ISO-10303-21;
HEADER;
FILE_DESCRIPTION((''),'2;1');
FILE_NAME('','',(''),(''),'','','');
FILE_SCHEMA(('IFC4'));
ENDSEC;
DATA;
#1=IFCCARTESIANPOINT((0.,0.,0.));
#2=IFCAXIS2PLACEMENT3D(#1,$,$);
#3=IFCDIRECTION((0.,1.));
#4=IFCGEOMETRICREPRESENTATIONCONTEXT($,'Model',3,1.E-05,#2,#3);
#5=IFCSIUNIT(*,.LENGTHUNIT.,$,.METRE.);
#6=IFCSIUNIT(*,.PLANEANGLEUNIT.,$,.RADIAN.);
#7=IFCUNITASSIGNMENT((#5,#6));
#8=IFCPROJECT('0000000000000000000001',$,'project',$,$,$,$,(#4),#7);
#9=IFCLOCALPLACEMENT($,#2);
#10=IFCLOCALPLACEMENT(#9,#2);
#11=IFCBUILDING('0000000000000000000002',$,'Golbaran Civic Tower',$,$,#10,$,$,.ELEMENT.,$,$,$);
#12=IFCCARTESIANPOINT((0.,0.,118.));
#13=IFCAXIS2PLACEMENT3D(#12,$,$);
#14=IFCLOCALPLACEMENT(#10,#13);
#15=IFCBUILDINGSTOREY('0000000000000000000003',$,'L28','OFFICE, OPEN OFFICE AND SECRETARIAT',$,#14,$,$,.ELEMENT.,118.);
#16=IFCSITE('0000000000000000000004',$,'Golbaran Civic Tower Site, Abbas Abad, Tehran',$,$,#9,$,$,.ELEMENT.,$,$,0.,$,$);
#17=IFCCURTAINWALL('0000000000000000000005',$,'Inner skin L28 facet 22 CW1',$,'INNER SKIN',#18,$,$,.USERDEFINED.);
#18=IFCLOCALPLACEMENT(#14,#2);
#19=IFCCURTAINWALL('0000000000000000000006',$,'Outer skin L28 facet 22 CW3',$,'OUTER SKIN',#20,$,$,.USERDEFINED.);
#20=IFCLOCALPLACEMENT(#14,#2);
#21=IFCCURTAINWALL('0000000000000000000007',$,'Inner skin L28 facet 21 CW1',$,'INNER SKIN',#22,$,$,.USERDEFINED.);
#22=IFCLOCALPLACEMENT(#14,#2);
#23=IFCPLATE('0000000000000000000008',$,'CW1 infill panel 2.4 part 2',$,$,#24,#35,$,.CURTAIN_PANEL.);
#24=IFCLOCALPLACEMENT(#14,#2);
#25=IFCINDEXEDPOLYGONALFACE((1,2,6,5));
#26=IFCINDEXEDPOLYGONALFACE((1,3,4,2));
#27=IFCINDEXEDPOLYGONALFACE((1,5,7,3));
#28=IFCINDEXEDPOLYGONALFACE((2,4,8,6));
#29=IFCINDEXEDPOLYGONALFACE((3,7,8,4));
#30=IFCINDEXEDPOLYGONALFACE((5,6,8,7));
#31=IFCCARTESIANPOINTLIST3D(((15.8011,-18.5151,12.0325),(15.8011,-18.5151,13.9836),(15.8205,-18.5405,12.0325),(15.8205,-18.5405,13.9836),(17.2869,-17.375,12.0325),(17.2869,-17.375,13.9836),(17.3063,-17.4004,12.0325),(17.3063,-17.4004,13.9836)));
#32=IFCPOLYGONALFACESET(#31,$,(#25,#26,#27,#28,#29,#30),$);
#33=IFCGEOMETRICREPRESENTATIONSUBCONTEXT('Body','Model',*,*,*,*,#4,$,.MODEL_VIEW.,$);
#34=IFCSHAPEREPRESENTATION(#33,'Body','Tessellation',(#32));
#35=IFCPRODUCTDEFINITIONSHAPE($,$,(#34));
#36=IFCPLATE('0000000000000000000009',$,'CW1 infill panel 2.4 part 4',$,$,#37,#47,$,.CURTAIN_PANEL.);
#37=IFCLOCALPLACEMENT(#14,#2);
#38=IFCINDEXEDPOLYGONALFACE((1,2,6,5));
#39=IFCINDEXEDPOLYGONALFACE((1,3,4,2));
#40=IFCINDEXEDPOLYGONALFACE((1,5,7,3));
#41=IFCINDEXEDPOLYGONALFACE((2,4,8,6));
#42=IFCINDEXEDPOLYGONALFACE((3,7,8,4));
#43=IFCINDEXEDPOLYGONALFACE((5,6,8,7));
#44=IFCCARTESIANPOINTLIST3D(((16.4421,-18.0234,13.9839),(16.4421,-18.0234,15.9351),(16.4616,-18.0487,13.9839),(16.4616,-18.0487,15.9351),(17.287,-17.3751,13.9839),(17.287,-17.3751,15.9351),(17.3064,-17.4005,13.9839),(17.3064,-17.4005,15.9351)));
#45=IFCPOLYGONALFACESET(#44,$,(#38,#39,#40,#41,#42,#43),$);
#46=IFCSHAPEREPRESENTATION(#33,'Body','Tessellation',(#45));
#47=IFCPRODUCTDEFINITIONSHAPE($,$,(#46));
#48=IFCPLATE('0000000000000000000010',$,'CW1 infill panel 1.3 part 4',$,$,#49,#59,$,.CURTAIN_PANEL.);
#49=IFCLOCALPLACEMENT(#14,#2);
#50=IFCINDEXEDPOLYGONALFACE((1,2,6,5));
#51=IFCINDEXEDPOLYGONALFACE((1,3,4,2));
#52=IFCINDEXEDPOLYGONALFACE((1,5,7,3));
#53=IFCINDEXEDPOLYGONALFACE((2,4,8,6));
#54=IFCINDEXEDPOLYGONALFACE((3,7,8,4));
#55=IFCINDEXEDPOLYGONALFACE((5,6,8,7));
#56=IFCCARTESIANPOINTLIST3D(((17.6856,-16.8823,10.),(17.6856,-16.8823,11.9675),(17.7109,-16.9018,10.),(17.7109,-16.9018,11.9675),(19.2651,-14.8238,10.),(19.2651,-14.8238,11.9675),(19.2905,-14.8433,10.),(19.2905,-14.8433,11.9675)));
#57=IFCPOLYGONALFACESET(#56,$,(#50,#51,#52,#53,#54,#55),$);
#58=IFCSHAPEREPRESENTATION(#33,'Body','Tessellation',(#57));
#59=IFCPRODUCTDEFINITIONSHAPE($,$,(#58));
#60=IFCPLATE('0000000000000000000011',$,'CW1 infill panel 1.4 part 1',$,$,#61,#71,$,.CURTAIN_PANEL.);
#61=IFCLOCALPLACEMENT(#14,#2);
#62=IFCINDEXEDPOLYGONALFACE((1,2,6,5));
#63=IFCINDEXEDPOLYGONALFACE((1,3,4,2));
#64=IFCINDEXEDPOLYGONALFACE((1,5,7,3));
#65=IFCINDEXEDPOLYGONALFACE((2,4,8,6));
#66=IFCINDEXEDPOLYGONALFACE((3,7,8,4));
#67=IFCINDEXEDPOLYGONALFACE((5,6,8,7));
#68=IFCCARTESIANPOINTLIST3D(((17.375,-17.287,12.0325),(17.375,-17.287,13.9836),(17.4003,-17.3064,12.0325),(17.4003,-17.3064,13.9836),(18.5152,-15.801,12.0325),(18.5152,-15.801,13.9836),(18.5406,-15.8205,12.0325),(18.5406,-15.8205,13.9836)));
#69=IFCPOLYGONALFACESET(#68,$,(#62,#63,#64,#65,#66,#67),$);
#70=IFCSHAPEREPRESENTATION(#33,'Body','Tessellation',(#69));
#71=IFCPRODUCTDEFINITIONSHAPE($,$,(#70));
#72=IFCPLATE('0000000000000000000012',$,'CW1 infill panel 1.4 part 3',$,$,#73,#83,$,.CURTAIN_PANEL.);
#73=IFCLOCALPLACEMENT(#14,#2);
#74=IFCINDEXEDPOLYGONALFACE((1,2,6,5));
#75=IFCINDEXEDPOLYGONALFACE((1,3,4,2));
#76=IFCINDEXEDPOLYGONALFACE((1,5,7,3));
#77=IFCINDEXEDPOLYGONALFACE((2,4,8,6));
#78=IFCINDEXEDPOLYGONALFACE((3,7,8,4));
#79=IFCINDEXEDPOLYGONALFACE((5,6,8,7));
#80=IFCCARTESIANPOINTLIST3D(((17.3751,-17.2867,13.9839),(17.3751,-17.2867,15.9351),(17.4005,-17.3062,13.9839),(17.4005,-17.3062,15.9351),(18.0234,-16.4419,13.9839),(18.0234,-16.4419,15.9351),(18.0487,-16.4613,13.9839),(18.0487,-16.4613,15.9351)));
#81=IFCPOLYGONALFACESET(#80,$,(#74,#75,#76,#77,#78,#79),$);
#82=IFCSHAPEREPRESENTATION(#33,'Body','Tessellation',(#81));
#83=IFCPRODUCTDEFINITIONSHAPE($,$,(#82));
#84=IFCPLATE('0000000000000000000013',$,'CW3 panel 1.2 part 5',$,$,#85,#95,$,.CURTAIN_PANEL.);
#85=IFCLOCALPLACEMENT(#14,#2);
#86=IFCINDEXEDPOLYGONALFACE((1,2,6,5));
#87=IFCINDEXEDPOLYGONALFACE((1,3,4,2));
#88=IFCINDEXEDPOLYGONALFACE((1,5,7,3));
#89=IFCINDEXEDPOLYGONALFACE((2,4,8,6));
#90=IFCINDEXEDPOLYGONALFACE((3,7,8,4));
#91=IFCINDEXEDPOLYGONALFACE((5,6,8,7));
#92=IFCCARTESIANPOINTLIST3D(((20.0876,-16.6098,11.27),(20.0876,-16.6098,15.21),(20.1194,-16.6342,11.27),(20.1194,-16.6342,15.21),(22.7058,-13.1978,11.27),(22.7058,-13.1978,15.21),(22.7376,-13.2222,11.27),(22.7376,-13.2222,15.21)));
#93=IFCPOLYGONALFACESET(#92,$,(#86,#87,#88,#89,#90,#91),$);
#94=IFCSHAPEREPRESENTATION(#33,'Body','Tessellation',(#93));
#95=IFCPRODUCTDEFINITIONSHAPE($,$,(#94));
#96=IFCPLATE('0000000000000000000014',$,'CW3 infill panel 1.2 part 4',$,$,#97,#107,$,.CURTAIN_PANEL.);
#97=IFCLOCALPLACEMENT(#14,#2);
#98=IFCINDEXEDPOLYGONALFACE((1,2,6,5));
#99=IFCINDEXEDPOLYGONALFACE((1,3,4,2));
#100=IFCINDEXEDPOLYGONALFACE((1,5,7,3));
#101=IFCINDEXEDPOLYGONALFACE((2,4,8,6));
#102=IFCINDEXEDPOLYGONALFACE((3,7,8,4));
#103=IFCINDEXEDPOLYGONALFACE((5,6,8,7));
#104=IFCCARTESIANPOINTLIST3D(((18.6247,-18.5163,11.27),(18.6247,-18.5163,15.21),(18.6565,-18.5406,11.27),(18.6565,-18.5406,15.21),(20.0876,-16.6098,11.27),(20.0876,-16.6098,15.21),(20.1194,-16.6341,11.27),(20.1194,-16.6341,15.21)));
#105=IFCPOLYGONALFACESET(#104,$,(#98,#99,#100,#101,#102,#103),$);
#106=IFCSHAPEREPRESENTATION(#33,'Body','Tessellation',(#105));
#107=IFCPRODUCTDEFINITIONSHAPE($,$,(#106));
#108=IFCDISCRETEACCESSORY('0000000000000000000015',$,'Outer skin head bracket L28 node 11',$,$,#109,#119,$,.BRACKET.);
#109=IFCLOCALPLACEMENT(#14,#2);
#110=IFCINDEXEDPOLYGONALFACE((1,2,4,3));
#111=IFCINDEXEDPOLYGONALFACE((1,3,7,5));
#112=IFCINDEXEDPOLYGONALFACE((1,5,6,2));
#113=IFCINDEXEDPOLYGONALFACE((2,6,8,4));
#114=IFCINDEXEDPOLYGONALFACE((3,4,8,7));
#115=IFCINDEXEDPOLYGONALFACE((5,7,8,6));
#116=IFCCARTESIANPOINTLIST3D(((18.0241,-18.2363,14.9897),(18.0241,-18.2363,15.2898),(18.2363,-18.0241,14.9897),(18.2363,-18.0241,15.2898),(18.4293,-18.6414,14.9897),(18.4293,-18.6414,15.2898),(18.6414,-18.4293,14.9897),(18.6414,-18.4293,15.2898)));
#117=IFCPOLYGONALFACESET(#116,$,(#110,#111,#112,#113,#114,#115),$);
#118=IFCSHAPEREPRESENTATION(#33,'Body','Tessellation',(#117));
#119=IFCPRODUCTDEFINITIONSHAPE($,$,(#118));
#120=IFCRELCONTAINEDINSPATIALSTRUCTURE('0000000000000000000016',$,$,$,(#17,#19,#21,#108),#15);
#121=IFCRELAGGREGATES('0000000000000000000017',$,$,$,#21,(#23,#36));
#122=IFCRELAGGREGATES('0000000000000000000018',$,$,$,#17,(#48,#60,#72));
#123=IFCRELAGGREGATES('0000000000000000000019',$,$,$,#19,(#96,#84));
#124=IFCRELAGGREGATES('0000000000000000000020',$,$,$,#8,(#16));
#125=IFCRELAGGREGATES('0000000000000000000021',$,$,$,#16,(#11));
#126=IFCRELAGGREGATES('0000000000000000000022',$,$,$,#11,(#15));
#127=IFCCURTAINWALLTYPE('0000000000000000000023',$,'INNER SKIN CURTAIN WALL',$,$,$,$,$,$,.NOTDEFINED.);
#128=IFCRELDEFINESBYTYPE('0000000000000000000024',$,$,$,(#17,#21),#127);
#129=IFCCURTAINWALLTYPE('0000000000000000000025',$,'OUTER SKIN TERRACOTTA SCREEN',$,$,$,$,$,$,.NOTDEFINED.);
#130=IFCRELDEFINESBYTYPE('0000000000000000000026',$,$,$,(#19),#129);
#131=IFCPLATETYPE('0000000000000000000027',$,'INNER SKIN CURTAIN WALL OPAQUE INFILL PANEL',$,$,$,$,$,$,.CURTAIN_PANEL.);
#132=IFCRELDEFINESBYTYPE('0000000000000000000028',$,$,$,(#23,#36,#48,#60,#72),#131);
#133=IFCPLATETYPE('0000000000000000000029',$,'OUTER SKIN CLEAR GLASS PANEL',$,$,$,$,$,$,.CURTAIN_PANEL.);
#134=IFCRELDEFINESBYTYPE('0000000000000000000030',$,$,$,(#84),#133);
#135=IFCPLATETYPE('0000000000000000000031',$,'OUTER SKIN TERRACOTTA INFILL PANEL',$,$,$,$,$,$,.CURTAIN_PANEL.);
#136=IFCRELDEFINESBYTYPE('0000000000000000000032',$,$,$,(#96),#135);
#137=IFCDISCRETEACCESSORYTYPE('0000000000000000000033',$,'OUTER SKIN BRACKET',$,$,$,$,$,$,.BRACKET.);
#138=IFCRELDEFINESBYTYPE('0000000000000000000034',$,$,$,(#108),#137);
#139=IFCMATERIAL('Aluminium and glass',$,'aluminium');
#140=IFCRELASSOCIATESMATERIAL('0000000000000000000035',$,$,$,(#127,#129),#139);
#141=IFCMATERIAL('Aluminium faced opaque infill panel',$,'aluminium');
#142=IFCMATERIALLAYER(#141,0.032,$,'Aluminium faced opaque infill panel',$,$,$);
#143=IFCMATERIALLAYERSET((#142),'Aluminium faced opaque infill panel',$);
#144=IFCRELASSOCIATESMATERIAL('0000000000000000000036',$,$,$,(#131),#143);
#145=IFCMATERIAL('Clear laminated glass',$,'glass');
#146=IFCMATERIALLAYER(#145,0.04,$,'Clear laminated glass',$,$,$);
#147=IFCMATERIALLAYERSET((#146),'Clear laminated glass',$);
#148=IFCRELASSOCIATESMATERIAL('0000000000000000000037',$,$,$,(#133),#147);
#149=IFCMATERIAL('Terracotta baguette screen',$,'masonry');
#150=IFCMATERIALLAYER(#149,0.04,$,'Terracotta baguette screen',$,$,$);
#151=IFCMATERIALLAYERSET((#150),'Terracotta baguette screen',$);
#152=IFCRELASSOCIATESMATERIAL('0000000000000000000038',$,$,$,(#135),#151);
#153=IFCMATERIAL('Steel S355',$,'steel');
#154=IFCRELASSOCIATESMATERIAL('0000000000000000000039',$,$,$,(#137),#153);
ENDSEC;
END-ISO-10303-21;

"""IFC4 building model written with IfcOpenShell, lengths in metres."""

from ifc_helpers import new_model, si_unit, direction, frame, origin, origin_2d, place, context, subcontext, project, spatial, rectangle, extrude, material, layer, layer_set, type_object, element, aggregate, save


model = new_model("IFC4")

# Units and contexts
model_context = context("Model", 3, precision=1e-05, world=origin(), true_north=direction((0.0, 1.0)))
body_context = subcontext(model_context, "Body", "Model", "MODEL_VIEW")
ifc_project = project(units=[si_unit("LENGTHUNIT", "METRE"), si_unit("PLANEANGLEUNIT", "RADIAN")], contexts=[model_context])

# Site, building, storey
site_placement = place(None, origin())
site = spatial("IfcSite", under=ifc_project, at=site_placement, Name="Golbaran Civic Tower Site, Abbas Abad, Tehran", CompositionType="ELEMENT", RefElevation=0.0)
building_placement = place(site_placement, origin())
building = spatial("IfcBuilding", under=site, at=building_placement, Name="Golbaran Civic Tower", CompositionType="ELEMENT")
storey_placement = place(building_placement, frame((0.0, 0.0, 118.0)))
storey = spatial("IfcBuildingStorey", under=building, at=storey_placement, Name="L28", Description="OFFICE, OPEN OFFICE AND SECRETARIAT", CompositionType="ELEMENT", Elevation=118.0)

# Curtain wall
ifc_material_1 = material(Name="Aluminium and glass", Category="aluminium")
curtain_wall_type_1 = type_object("IfcCurtainWallType", Name="INNER SKIN CURTAIN WALL", PredefinedType="NOTDEFINED", material=ifc_material_1)
curtain_wall_1_placement = place(storey_placement, origin())
curtain_wall_1 = element("IfcCurtainWall", 1, at=curtain_wall_1_placement, inside=storey, type_object=curtain_wall_type_1, Name="Inner skin L28 facet 22 CW1", ObjectType="INNER SKIN", PredefinedType="USERDEFINED")

# Curtain wall
curtain_wall_type_2 = type_object("IfcCurtainWallType", Name="OUTER SKIN TERRACOTTA SCREEN", PredefinedType="NOTDEFINED", material=ifc_material_1)
curtain_wall_2_placement = place(storey_placement, origin())
curtain_wall_2 = element("IfcCurtainWall", 2, at=curtain_wall_2_placement, inside=storey, type_object=curtain_wall_type_2, Name="Outer skin L28 facet 22 CW3", ObjectType="OUTER SKIN", PredefinedType="USERDEFINED")

# Curtain wall, plates
curtain_wall_3_placement = place(storey_placement, origin())
curtain_wall_3 = element("IfcCurtainWall", 3, at=curtain_wall_3_placement, inside=storey, type_object=curtain_wall_type_1, Name="Inner skin L28 facet 21 CW1", ObjectType="INNER SKIN", PredefinedType="USERDEFINED")
ifc_material_2 = material(Name="Aluminium faced opaque infill panel", Category="aluminium")
ifc_layer_1 = layer(ifc_material_2, 0.032, Name="Aluminium faced opaque infill panel")
ifc_layer_set_1 = layer_set([ifc_layer_1], Name="Aluminium faced opaque infill panel")
plate_type_1 = type_object("IfcPlateType", Name="INNER SKIN CURTAIN WALL OPAQUE INFILL PANEL", PredefinedType="CURTAIN_PANEL", material=ifc_layer_set_1)
plate_1_placement = place(storey_placement, frame((16.5537, -17.9578, 12.0325), z_axis=(0.0, 0.0, 1.0), x_axis=(0.793353, 0.608761, 0.0)))
plate_1 = element("IfcPlate", 4, at=plate_1_placement, type_object=plate_type_1, Name="CW1 infill panel 2.4 part 2", PredefinedType="CURTAIN_PANEL", context=body_context, shape_type="SweptSolid", body=[
    extrude(rectangle(XDim=1.8728, YDim=0.032, at=origin_2d()), origin(), (0.0, 0.0, 1.0), 1.9512),
])
plate_2_placement = place(storey_placement, frame((16.8743, -17.7119, 13.9839), z_axis=(0.0, 0.0, 1.0), x_axis=(0.793353, 0.608761, 0.0)))
plate_2 = element("IfcPlate", 5, at=plate_2_placement, type_object=plate_type_1, Name="CW1 infill panel 2.4 part 4", PredefinedType="CURTAIN_PANEL", context=body_context, shape_type="SweptSolid", body=[
    extrude(rectangle(XDim=1.0649, YDim=0.032, at=origin_2d()), origin(), (0.0, 0.0, 1.0), 1.9512),
])
aggregate(curtain_wall_3, [plate_1, plate_2])

# Plates
plate_3_placement = place(storey_placement, frame((18.488, -15.8628, 10.0), z_axis=(0.0, 0.0, 1.0), x_axis=(0.608761, 0.793353, 0.0)))
plate_3 = element("IfcPlate", 6, at=plate_3_placement, type_object=plate_type_1, Name="CW1 infill panel 1.3 part 4", PredefinedType="CURTAIN_PANEL", context=body_context, shape_type="SweptSolid", body=[
    extrude(rectangle(XDim=2.5947, YDim=0.032, at=origin_2d()), origin(), (0.0, 0.0, 1.0), 1.9675),
])
plate_4_placement = place(storey_placement, frame((17.9578, -16.5537, 12.0325), z_axis=(0.0, 0.0, 1.0), x_axis=(0.608761, 0.793353, 0.0)))
plate_4 = element("IfcPlate", 7, at=plate_4_placement, type_object=plate_type_1, Name="CW1 infill panel 1.4 part 1", PredefinedType="CURTAIN_PANEL", context=body_context, shape_type="SweptSolid", body=[
    extrude(rectangle(XDim=1.873, YDim=0.032, at=origin_2d()), origin(), (0.0, 0.0, 1.0), 1.9512),
])
plate_5_placement = place(storey_placement, frame((17.7119, -16.874, 13.9839), z_axis=(0.0, 0.0, 1.0), x_axis=(0.608761, 0.793353, 0.0)))
plate_5 = element("IfcPlate", 8, at=plate_5_placement, type_object=plate_type_1, Name="CW1 infill panel 1.4 part 3", PredefinedType="CURTAIN_PANEL", context=body_context, shape_type="SweptSolid", body=[
    extrude(rectangle(XDim=1.0649, YDim=0.032, at=origin_2d()), origin(), (0.0, 0.0, 1.0), 1.9512),
])
aggregate(curtain_wall_1, [plate_3, plate_4, plate_5])
ifc_material_3 = material(Name="Clear laminated glass", Category="glass")
ifc_layer_2 = layer(ifc_material_3, 0.04, Name="Clear laminated glass")
ifc_layer_set_2 = layer_set([ifc_layer_2], Name="Clear laminated glass")
plate_type_2 = type_object("IfcPlateType", Name="OUTER SKIN CLEAR GLASS PANEL", PredefinedType="CURTAIN_PANEL", material=ifc_layer_set_2)
plate_6_placement = place(storey_placement, frame((21.4126, -14.916, 11.27), z_axis=(0.0, 0.0, 1.0), x_axis=(0.608761, 0.793353, 0.0)))
plate_6 = element("IfcPlate", 9, at=plate_6_placement, type_object=plate_type_2, Name="CW3 panel 1.2 part 5", PredefinedType="CURTAIN_PANEL", context=body_context, shape_type="SweptSolid", body=[
    extrude(rectangle(XDim=4.3008, YDim=0.04, at=origin_2d()), origin(), (0.0, 0.0, 1.0), 3.9399),
])
ifc_material_4 = material(Name="Terracotta baguette screen", Category="masonry")
ifc_layer_3 = layer(ifc_material_4, 0.04, Name="Terracotta baguette screen")
ifc_layer_set_3 = layer_set([ifc_layer_3], Name="Terracotta baguette screen")
plate_type_3 = type_object("IfcPlateType", Name="OUTER SKIN TERRACOTTA INFILL PANEL", PredefinedType="CURTAIN_PANEL", material=ifc_layer_set_3)
plate_7_placement = place(storey_placement, frame((19.3721, -17.5752, 11.27), z_axis=(0.0, 0.0, 1.0), x_axis=(0.608761, 0.793353, 0.0)))
plate_7 = element("IfcPlate", 10, at=plate_7_placement, type_object=plate_type_3, Name="CW3 infill panel 1.2 part 4", PredefinedType="CURTAIN_PANEL", context=body_context, shape_type="SweptSolid", body=[
    extrude(rectangle(XDim=2.4031, YDim=0.04, at=origin_2d()), origin(), (0.0, 0.0, 1.0), 3.9399),
])
aggregate(curtain_wall_2, [plate_7, plate_6])

# Discrete accessory
ifc_material_5 = material(Name="Steel S355", Category="steel")
discrete_accessory_type = type_object("IfcDiscreteAccessoryType", Name="OUTER SKIN BRACKET", PredefinedType="BRACKET", material=ifc_material_5)
discrete_accessory_placement = place(storey_placement, frame((18.3328, -18.3328, 14.9897), z_axis=(0.0, 0.0, 1.0), x_axis=(0.707107, -0.707107, 0.0)))
element("IfcDiscreteAccessory", 11, at=discrete_accessory_placement, inside=storey, type_object=discrete_accessory_type, Name="Outer skin head bracket L28 node 11", PredefinedType="BRACKET", context=body_context, shape_type="SweptSolid", body=[
    extrude(rectangle(XDim=0.573, YDim=0.3, at=origin_2d()), origin(), (0.0, 0.0, 1.0), 0.3),
])

save(model, "model.ifc")
